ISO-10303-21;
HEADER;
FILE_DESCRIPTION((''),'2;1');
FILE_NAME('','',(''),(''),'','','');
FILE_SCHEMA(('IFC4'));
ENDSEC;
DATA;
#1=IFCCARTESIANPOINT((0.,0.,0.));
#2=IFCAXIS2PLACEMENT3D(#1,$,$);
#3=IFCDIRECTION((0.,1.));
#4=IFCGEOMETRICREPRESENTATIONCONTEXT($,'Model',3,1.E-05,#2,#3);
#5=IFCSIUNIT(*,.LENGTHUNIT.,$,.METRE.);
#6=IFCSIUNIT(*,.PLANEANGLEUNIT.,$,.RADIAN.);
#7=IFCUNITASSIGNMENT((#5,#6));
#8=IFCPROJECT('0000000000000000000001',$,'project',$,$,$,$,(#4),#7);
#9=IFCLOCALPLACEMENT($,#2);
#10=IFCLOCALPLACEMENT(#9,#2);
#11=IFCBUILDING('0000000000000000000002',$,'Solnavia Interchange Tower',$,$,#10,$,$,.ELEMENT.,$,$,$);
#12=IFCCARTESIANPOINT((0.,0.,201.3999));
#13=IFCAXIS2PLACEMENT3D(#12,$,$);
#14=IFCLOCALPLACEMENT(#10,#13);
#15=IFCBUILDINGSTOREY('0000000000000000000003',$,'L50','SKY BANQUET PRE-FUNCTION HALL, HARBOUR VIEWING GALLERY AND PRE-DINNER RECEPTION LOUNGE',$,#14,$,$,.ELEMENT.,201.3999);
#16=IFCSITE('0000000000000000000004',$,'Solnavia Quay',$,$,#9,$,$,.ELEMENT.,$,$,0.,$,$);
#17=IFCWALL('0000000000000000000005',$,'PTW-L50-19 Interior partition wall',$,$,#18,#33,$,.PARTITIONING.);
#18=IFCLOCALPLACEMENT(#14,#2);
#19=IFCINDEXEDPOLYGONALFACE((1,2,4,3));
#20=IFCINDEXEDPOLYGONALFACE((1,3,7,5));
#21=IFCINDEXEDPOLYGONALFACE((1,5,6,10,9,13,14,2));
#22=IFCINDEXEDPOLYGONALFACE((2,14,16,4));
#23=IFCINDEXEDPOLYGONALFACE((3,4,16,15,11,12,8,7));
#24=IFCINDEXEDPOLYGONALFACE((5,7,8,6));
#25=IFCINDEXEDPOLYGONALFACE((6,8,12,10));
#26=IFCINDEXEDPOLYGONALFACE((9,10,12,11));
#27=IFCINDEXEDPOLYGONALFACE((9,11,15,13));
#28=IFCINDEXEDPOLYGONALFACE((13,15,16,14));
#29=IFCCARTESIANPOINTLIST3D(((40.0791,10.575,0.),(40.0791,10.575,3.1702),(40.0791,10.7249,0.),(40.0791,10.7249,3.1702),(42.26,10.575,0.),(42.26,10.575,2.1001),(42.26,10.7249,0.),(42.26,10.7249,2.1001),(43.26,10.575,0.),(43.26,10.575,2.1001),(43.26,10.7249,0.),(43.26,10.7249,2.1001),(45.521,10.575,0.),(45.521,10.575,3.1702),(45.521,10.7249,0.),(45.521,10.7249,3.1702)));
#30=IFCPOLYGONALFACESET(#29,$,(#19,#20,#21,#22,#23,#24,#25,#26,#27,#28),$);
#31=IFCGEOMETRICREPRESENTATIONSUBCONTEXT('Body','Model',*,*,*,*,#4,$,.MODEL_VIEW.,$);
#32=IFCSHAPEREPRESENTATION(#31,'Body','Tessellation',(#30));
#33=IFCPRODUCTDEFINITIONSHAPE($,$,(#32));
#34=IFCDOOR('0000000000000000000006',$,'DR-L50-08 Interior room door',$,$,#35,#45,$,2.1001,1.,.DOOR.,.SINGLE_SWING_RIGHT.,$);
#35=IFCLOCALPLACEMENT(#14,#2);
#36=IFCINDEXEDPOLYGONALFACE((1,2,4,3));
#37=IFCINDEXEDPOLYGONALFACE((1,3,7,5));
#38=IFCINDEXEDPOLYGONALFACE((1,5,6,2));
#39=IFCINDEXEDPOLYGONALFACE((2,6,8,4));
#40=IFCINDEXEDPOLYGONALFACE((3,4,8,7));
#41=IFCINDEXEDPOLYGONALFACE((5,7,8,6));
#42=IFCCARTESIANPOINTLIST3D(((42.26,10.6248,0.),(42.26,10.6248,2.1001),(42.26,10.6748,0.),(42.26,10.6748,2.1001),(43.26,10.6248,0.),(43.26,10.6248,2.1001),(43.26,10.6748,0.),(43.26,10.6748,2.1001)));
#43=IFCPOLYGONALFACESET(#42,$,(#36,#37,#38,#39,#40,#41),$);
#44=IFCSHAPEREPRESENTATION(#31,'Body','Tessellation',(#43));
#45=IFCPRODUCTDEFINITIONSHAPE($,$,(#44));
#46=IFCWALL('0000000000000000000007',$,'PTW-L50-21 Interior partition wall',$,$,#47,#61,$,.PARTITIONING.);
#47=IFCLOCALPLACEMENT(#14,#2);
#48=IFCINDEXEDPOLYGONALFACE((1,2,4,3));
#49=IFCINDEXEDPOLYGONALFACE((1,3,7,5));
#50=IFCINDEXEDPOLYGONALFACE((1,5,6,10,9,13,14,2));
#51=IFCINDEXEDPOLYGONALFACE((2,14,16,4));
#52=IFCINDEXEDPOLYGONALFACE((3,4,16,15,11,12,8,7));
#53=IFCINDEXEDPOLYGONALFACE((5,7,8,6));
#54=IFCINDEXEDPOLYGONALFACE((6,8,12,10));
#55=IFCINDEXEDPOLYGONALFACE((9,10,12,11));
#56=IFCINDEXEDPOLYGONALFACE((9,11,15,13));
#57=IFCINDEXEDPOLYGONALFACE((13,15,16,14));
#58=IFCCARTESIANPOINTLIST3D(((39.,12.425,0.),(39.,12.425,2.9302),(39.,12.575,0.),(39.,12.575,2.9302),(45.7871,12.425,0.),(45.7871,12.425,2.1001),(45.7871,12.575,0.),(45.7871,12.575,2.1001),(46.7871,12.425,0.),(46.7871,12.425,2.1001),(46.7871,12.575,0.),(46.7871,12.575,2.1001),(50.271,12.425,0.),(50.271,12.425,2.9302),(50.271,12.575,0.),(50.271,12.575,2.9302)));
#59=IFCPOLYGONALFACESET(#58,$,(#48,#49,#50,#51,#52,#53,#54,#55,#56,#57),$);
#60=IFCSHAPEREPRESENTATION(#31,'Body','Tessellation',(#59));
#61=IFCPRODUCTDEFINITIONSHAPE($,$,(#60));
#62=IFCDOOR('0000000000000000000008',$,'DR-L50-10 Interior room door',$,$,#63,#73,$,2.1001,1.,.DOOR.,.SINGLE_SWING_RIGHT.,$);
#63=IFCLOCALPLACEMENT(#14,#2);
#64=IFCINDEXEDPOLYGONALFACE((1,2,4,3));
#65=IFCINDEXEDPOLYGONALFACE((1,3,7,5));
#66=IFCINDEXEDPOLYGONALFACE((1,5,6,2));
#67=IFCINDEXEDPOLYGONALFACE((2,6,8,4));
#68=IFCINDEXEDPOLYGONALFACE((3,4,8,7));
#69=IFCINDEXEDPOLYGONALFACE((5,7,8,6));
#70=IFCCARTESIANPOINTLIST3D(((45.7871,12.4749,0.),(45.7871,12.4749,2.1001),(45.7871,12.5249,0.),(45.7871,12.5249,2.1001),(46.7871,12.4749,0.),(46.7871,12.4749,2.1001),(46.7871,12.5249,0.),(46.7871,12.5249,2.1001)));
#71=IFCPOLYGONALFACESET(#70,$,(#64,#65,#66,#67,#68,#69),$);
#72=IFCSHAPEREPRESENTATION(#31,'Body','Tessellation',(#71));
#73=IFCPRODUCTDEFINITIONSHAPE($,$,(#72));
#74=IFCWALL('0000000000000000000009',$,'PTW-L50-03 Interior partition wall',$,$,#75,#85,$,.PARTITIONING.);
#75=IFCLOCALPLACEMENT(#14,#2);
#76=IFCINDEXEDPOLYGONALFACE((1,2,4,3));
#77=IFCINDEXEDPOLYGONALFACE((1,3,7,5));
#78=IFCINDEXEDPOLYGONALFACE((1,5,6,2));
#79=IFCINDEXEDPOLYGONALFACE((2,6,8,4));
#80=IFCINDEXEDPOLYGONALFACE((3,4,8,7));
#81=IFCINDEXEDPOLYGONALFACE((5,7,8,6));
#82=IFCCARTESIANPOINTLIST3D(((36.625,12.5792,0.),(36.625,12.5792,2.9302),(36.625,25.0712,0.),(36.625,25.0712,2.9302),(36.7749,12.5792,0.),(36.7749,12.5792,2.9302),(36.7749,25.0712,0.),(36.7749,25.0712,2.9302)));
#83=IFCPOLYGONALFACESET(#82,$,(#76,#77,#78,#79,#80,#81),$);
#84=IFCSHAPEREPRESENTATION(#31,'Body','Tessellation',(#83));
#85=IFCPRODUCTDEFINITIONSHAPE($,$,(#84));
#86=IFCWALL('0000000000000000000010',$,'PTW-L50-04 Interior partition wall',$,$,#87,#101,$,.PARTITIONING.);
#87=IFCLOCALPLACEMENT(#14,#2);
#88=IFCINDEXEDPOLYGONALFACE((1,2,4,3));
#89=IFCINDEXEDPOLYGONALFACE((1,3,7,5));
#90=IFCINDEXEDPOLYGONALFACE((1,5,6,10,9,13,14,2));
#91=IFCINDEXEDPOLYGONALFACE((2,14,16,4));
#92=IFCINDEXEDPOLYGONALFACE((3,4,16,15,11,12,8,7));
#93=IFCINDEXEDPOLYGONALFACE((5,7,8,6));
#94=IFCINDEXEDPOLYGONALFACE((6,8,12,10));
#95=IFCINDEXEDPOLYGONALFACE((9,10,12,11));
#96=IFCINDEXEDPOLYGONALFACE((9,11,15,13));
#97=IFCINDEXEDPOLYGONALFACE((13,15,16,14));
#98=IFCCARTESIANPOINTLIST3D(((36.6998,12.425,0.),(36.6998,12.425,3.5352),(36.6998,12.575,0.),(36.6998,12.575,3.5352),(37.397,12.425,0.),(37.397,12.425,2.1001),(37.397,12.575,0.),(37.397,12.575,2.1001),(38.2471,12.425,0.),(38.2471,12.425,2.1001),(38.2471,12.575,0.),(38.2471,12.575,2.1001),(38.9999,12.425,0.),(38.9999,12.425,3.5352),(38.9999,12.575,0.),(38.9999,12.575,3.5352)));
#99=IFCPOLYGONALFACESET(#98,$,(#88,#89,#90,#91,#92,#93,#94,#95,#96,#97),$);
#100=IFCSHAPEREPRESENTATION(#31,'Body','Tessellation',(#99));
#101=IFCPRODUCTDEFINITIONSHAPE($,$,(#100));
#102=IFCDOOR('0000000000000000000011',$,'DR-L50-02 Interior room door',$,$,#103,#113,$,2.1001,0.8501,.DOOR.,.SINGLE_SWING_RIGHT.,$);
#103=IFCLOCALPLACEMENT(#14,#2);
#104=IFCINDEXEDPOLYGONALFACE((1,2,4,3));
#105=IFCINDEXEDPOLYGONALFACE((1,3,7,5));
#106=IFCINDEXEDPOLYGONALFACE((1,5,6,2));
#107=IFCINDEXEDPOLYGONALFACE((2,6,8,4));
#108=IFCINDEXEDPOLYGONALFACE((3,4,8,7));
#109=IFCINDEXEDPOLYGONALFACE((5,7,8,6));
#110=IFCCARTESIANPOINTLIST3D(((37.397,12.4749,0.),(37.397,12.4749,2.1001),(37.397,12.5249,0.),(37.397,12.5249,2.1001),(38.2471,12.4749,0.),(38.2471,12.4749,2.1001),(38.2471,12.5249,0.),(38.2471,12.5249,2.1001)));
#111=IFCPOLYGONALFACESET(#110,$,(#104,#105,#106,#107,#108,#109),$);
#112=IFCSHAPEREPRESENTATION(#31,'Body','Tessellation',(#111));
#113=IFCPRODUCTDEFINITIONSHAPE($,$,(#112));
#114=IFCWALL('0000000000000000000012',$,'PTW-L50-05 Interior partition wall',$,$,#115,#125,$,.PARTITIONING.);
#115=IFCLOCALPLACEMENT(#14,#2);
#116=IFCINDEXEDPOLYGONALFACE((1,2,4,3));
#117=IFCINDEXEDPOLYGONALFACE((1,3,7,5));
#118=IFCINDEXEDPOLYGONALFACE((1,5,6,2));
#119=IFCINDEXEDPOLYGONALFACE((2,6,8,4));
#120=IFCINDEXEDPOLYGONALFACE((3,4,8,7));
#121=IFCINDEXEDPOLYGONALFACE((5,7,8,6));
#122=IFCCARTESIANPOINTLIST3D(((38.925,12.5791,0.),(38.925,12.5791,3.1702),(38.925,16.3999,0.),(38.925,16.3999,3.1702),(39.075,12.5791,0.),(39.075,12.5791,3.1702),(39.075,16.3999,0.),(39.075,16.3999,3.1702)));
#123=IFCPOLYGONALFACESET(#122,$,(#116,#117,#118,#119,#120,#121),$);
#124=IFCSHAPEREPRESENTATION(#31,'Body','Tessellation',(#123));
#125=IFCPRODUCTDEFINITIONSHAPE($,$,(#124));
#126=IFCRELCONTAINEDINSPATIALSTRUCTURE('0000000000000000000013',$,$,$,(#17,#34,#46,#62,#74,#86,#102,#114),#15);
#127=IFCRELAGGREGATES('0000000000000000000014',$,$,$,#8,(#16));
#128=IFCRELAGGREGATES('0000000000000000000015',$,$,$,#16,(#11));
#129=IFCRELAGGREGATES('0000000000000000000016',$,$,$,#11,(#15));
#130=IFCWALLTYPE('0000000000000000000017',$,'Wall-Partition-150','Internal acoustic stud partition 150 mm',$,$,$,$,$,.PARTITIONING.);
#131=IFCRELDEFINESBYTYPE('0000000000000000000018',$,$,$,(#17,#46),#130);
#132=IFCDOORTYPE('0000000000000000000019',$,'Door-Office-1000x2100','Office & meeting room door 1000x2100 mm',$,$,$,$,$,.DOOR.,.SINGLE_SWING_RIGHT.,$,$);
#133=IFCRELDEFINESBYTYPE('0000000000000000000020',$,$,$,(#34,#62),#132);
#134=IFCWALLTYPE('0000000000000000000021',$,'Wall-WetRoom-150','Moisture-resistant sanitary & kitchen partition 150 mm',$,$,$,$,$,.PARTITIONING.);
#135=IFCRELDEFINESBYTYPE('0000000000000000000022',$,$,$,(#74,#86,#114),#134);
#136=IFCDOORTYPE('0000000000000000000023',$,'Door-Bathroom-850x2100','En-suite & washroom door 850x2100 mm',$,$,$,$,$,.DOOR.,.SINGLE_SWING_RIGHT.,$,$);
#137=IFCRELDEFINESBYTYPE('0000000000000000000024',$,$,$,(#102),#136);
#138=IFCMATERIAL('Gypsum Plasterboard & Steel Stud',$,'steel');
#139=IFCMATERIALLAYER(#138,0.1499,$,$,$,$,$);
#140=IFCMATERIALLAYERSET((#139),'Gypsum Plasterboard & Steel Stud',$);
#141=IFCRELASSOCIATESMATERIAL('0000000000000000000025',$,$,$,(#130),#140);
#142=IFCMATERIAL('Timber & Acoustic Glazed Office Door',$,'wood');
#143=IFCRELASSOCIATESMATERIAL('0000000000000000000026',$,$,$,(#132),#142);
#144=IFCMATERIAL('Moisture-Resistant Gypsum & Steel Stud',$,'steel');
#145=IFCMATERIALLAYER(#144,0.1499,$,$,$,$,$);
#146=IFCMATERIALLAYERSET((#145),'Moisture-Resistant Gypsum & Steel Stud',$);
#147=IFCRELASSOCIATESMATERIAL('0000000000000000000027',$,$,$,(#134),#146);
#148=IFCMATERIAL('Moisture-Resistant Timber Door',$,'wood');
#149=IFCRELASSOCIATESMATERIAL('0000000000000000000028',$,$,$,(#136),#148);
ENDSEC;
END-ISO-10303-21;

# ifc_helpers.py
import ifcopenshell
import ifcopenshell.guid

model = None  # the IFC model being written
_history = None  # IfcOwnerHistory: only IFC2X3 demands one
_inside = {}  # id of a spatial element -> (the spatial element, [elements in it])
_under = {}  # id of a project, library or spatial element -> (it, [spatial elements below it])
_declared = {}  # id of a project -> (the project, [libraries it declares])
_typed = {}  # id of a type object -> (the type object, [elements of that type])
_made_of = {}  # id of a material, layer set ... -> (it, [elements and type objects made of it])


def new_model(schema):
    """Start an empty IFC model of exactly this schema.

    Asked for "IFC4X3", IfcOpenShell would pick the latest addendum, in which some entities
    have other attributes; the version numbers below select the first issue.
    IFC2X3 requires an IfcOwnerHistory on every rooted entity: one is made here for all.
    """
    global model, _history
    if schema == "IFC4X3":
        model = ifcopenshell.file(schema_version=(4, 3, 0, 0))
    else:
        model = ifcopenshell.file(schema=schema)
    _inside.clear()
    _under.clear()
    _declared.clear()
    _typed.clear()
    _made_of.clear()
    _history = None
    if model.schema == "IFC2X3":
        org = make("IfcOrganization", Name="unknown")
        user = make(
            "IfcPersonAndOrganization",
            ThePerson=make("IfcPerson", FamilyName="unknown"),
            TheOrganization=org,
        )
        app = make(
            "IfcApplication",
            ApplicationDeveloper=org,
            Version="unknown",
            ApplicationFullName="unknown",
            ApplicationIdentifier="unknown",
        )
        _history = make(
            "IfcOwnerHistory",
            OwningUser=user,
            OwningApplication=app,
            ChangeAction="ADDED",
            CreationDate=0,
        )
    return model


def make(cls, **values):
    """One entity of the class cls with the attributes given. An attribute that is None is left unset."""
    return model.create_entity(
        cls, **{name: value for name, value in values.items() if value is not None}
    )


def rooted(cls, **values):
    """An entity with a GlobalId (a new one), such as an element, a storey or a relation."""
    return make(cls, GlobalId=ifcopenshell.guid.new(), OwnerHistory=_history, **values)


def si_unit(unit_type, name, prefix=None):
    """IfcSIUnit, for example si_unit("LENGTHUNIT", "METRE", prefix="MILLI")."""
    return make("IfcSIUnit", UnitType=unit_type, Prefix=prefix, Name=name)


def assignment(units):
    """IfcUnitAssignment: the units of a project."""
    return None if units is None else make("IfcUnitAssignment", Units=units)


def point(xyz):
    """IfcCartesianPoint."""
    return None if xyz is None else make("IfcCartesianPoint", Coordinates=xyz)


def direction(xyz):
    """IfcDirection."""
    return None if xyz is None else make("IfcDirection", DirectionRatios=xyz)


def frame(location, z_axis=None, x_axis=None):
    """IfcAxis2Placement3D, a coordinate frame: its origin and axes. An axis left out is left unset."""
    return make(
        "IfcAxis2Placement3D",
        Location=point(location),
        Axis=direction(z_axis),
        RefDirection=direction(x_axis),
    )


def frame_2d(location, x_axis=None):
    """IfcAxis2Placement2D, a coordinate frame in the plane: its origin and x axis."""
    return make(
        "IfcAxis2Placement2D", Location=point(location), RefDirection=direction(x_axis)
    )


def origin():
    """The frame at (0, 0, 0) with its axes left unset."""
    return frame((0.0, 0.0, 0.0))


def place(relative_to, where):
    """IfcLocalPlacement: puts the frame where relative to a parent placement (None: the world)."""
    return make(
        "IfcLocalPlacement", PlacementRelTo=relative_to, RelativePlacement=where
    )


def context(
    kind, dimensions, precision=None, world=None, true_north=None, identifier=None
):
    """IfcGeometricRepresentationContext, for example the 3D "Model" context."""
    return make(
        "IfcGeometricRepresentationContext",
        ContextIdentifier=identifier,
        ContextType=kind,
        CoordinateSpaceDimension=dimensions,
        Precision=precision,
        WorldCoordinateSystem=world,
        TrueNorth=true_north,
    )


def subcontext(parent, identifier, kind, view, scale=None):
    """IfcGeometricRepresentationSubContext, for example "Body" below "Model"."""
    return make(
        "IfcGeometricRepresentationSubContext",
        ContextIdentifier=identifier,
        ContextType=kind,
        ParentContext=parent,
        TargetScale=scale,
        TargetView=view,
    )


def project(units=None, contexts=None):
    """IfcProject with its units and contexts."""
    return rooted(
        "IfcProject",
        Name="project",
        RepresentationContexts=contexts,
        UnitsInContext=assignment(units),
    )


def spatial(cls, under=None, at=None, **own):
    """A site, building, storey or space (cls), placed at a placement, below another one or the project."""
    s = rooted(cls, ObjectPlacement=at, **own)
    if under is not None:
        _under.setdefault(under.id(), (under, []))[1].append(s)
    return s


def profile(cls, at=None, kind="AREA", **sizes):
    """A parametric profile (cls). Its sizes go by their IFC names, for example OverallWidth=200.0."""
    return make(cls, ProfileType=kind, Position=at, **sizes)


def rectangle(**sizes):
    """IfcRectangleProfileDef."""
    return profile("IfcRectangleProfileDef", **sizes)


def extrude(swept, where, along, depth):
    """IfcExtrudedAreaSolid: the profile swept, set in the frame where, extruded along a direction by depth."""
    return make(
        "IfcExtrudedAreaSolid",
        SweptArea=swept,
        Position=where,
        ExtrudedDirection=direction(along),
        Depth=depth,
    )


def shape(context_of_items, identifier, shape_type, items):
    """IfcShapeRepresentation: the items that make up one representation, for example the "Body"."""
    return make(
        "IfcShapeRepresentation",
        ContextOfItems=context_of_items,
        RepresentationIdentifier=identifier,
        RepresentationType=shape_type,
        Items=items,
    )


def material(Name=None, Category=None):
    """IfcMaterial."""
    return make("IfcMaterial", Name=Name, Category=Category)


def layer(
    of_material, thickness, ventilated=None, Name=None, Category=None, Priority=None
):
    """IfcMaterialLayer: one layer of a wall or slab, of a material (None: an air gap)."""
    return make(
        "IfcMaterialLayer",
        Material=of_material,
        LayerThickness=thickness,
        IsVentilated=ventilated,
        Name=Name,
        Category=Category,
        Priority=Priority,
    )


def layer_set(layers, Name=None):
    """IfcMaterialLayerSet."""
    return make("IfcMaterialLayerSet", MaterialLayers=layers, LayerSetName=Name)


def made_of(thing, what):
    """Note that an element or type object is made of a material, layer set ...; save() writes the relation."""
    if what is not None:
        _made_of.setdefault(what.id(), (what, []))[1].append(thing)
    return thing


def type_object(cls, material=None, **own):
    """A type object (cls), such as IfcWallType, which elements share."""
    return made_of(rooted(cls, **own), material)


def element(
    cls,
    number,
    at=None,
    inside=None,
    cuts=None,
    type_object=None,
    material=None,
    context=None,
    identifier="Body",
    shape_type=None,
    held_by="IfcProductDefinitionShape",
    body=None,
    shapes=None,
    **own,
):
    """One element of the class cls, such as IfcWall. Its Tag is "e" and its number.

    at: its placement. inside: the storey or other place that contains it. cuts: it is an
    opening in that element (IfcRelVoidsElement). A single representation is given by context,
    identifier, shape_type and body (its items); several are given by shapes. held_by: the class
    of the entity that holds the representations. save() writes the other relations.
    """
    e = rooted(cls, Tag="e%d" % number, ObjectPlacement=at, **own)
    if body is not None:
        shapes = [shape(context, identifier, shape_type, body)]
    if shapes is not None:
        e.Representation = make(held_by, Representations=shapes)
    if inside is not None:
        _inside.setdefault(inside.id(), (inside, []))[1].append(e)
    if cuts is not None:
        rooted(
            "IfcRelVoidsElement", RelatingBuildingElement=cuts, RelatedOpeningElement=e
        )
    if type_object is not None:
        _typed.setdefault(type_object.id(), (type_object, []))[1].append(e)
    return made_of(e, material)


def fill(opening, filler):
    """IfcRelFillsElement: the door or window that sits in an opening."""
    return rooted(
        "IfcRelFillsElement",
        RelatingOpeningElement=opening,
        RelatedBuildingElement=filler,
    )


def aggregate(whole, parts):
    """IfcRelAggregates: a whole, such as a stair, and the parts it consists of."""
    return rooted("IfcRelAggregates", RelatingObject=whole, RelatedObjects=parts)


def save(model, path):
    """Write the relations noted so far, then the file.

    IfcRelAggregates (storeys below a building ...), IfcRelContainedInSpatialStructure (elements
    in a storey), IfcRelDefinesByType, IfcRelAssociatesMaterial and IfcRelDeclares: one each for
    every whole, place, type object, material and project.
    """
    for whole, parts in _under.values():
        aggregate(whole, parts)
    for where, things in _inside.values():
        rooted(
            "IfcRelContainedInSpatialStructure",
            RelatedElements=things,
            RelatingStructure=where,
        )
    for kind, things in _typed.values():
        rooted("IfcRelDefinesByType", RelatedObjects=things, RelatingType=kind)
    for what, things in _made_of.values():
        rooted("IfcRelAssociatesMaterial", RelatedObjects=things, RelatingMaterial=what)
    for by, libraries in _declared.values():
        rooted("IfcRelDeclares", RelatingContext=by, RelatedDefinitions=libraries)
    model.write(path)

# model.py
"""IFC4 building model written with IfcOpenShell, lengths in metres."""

from ifc_helpers import new_model, si_unit, direction, frame, frame_2d, origin, place, context, subcontext, project, spatial, rectangle, extrude, material, layer, layer_set, type_object, element, fill, save


model = new_model("IFC4")

# Units and contexts
model_context = context("Model", 3, precision=1e-05, world=origin(), true_north=direction((0.0, 1.0)))
body_context = subcontext(model_context, "Body", "Model", "MODEL_VIEW")
ifc_project = project(units=[si_unit("LENGTHUNIT", "METRE"), si_unit("PLANEANGLEUNIT", "RADIAN")], contexts=[model_context])

# Site, building, storey
site_placement = place(None, origin())
site = spatial("IfcSite", under=ifc_project, at=site_placement, Name="Solnavia Quay", CompositionType="ELEMENT", RefElevation=0.0)
building_placement = place(site_placement, origin())
building = spatial("IfcBuilding", under=site, at=building_placement, Name="Solnavia Interchange Tower", CompositionType="ELEMENT")
storey_placement = place(building_placement, frame((0.0, 0.0, 201.3999)))
storey = spatial("IfcBuildingStorey", under=building, at=storey_placement, Name="L50", Description="SKY BANQUET PRE-FUNCTION HALL, HARBOUR VIEWING GALLERY AND PRE-DINNER RECEPTION LOUNGE", CompositionType="ELEMENT", Elevation=201.3999)

# Shared definitions
ifc_material_1 = material(Name="Gypsum Plasterboard & Steel Stud", Category="steel")
ifc_layer_1 = layer(ifc_material_1, 0.1499)
ifc_layer_set_1 = layer_set([ifc_layer_1], Name="Gypsum Plasterboard & Steel Stud")
wall_type_1 = type_object("IfcWallType", Name="Wall-Partition-150", Description="Internal acoustic stud partition 150 mm", PredefinedType="PARTITIONING", material=ifc_layer_set_1)

# Walls, openings, doors
wall_1_placement = place(storey_placement, frame((40.0791, 10.6499, 0.0), z_axis=(0.0, 0.0, 1.0), x_axis=(1.0, 0.0, 0.0)))
wall_1 = element("IfcWall", 1, at=wall_1_placement, inside=storey, type_object=wall_type_1, Name="PTW-L50-19 Interior partition wall", PredefinedType="PARTITIONING", context=body_context, shape_type="SweptSolid", body=[
    extrude(rectangle(XDim=5.4419, YDim=0.1499, at=frame_2d((2.7209, 0.0))), origin(), (0.0, 0.0, 1.0), 3.1702),
])
opening_1_placement = place(wall_1_placement, frame((2.1809, 0.0, 0.0)))
opening_1 = element("IfcOpeningElement", 2, at=opening_1_placement, cuts=wall_1, PredefinedType="OPENING", context=body_context, shape_type="SweptSolid", body=[
    extrude(rectangle(XDim=1.0, YDim=2.1001, at=frame_2d((0.5, 1.05))), frame((0.0, 0.085, 0.0), z_axis=(0.0, -1.0, 0.0), x_axis=(1.0, 0.0, 0.0)), (0.0, 0.0, 1.0), 0.1699),
])
ifc_material_2 = material(Name="Timber & Acoustic Glazed Office Door", Category="wood")
door_type_1 = type_object("IfcDoorType", Name="Door-Office-1000x2100", Description="Office & meeting room door 1000x2100 mm", OperationType="SINGLE_SWING_RIGHT", PredefinedType="DOOR", material=ifc_material_2)
door_1_placement = place(opening_1_placement, origin())
door_1 = element("IfcDoor", 3, at=door_1_placement, inside=storey, type_object=door_type_1, Name="DR-L50-08 Interior room door", OperationType="SINGLE_SWING_RIGHT", OverallHeight=2.1001, OverallWidth=1.0, PredefinedType="DOOR", context=body_context, shape_type="SweptSolid", body=[
    extrude(rectangle(XDim=1.0, YDim=2.1001, at=frame_2d((0.5, 1.05))), frame((0.0, 0.0249, 0.0), z_axis=(0.0, -1.0, 0.0), x_axis=(1.0, 0.0, 0.0)), (0.0, 0.0, 1.0), 0.05),
])
fill(opening_1, door_1)
wall_2_placement = place(storey_placement, frame((39.0, 12.5, 0.0), z_axis=(0.0, 0.0, 1.0), x_axis=(1.0, 0.0, 0.0)))
wall_2 = element("IfcWall", 4, at=wall_2_placement, inside=storey, type_object=wall_type_1, Name="PTW-L50-21 Interior partition wall", PredefinedType="PARTITIONING", context=body_context, shape_type="SweptSolid", body=[
    extrude(rectangle(XDim=11.271, YDim=0.1499, at=frame_2d((5.6355, 0.0))), origin(), (0.0, 0.0, 1.0), 2.9302),
])
opening_2_placement = place(wall_2_placement, frame((6.7871, 0.0, 0.0)))
opening_2 = element("IfcOpeningElement", 5, at=opening_2_placement, cuts=wall_2, PredefinedType="OPENING", context=body_context, shape_type="SweptSolid", body=[
    extrude(rectangle(XDim=1.0, YDim=2.1001, at=frame_2d((0.5, 1.05))), frame((0.0, 0.085, 0.0), z_axis=(0.0, -1.0, 0.0), x_axis=(1.0, 0.0, 0.0)), (0.0, 0.0, 1.0), 0.1699),
])
door_2_placement = place(opening_2_placement, origin())
door_2 = element("IfcDoor", 6, at=door_2_placement, inside=storey, type_object=door_type_1, Name="DR-L50-10 Interior room door", OperationType="SINGLE_SWING_RIGHT", OverallHeight=2.1001, OverallWidth=1.0, PredefinedType="DOOR", context=body_context, shape_type="SweptSolid", body=[
    extrude(rectangle(XDim=1.0, YDim=2.1001, at=frame_2d((0.5, 1.05))), frame((0.0, 0.0249, 0.0), z_axis=(0.0, -1.0, 0.0), x_axis=(1.0, 0.0, 0.0)), (0.0, 0.0, 1.0), 0.05),
])
fill(opening_2, door_2)

# Wall
ifc_material_3 = material(Name="Moisture-Resistant Gypsum & Steel Stud", Category="steel")
ifc_layer_2 = layer(ifc_material_3, 0.1499)
ifc_layer_set_2 = layer_set([ifc_layer_2], Name="Moisture-Resistant Gypsum & Steel Stud")
wall_type_2 = type_object("IfcWallType", Name="Wall-WetRoom-150", Description="Moisture-resistant sanitary & kitchen partition 150 mm", PredefinedType="PARTITIONING", material=ifc_layer_set_2)
wall_3_placement = place(storey_placement, frame((36.7, 12.5791, 0.0), z_axis=(0.0, 0.0, 1.0), x_axis=(0.0, 1.0, 0.0)))
element("IfcWall", 7, at=wall_3_placement, inside=storey, type_object=wall_type_2, Name="PTW-L50-03 Interior partition wall", PredefinedType="PARTITIONING", context=body_context, shape_type="SweptSolid", body=[
    extrude(rectangle(XDim=12.4919, YDim=0.1499, at=frame_2d((6.2461, 0.0))), origin(), (0.0, 0.0, 1.0), 2.9302),
])

# Wall, opening, door
wall_4_placement = place(storey_placement, frame((36.7, 12.5, 0.0), z_axis=(0.0, 0.0, 1.0), x_axis=(1.0, 0.0, 0.0)))
wall_4 = element("IfcWall", 8, at=wall_4_placement, inside=storey, type_object=wall_type_2, Name="PTW-L50-04 Interior partition wall", PredefinedType="PARTITIONING", context=body_context, shape_type="SweptSolid", body=[
    extrude(rectangle(XDim=2.3, YDim=0.1499, at=frame_2d((1.1499, 0.0))), origin(), (0.0, 0.0, 1.0), 3.5352),
])
opening_3_placement = place(wall_4_placement, frame((0.697, 0.0, 0.0)))
opening_3 = element("IfcOpeningElement", 9, at=opening_3_placement, cuts=wall_4, PredefinedType="OPENING", context=body_context, shape_type="SweptSolid", body=[
    extrude(rectangle(XDim=0.8501, YDim=2.1001, at=frame_2d((0.425, 1.05))), frame((0.0, 0.085, 0.0), z_axis=(0.0, -1.0, 0.0), x_axis=(1.0, 0.0, 0.0)), (0.0, 0.0, 1.0), 0.1699),
])
ifc_material_4 = material(Name="Moisture-Resistant Timber Door", Category="wood")
door_type_2 = type_object("IfcDoorType", Name="Door-Bathroom-850x2100", Description="En-suite & washroom door 850x2100 mm", OperationType="SINGLE_SWING_RIGHT", PredefinedType="DOOR", material=ifc_material_4)
door_3_placement = place(opening_3_placement, origin())
door_3 = element("IfcDoor", 10, at=door_3_placement, inside=storey, type_object=door_type_2, Name="DR-L50-02 Interior room door", OperationType="SINGLE_SWING_RIGHT", OverallHeight=2.1001, OverallWidth=0.8501, PredefinedType="DOOR", context=body_context, shape_type="SweptSolid", body=[
    extrude(rectangle(XDim=0.8501, YDim=2.1001, at=frame_2d((0.425, 1.05))), frame((0.0, 0.0249, 0.0), z_axis=(0.0, -1.0, 0.0), x_axis=(1.0, 0.0, 0.0)), (0.0, 0.0, 1.0), 0.05),
])
fill(opening_3, door_3)

# Wall
wall_5_placement = place(storey_placement, frame((39.0, 12.5791, 0.0), z_axis=(0.0, 0.0, 1.0), x_axis=(0.0, 1.0, 0.0)))
element("IfcWall", 11, at=wall_5_placement, inside=storey, type_object=wall_type_2, Name="PTW-L50-05 Interior partition wall", PredefinedType="PARTITIONING", context=body_context, shape_type="SweptSolid", body=[
    extrude(rectangle(XDim=3.8208, YDim=0.1499, at=frame_2d((1.9104, 0.0))), origin(), (0.0, 0.0, 1.0), 3.1702),
])

save(model, "model.ifc")
